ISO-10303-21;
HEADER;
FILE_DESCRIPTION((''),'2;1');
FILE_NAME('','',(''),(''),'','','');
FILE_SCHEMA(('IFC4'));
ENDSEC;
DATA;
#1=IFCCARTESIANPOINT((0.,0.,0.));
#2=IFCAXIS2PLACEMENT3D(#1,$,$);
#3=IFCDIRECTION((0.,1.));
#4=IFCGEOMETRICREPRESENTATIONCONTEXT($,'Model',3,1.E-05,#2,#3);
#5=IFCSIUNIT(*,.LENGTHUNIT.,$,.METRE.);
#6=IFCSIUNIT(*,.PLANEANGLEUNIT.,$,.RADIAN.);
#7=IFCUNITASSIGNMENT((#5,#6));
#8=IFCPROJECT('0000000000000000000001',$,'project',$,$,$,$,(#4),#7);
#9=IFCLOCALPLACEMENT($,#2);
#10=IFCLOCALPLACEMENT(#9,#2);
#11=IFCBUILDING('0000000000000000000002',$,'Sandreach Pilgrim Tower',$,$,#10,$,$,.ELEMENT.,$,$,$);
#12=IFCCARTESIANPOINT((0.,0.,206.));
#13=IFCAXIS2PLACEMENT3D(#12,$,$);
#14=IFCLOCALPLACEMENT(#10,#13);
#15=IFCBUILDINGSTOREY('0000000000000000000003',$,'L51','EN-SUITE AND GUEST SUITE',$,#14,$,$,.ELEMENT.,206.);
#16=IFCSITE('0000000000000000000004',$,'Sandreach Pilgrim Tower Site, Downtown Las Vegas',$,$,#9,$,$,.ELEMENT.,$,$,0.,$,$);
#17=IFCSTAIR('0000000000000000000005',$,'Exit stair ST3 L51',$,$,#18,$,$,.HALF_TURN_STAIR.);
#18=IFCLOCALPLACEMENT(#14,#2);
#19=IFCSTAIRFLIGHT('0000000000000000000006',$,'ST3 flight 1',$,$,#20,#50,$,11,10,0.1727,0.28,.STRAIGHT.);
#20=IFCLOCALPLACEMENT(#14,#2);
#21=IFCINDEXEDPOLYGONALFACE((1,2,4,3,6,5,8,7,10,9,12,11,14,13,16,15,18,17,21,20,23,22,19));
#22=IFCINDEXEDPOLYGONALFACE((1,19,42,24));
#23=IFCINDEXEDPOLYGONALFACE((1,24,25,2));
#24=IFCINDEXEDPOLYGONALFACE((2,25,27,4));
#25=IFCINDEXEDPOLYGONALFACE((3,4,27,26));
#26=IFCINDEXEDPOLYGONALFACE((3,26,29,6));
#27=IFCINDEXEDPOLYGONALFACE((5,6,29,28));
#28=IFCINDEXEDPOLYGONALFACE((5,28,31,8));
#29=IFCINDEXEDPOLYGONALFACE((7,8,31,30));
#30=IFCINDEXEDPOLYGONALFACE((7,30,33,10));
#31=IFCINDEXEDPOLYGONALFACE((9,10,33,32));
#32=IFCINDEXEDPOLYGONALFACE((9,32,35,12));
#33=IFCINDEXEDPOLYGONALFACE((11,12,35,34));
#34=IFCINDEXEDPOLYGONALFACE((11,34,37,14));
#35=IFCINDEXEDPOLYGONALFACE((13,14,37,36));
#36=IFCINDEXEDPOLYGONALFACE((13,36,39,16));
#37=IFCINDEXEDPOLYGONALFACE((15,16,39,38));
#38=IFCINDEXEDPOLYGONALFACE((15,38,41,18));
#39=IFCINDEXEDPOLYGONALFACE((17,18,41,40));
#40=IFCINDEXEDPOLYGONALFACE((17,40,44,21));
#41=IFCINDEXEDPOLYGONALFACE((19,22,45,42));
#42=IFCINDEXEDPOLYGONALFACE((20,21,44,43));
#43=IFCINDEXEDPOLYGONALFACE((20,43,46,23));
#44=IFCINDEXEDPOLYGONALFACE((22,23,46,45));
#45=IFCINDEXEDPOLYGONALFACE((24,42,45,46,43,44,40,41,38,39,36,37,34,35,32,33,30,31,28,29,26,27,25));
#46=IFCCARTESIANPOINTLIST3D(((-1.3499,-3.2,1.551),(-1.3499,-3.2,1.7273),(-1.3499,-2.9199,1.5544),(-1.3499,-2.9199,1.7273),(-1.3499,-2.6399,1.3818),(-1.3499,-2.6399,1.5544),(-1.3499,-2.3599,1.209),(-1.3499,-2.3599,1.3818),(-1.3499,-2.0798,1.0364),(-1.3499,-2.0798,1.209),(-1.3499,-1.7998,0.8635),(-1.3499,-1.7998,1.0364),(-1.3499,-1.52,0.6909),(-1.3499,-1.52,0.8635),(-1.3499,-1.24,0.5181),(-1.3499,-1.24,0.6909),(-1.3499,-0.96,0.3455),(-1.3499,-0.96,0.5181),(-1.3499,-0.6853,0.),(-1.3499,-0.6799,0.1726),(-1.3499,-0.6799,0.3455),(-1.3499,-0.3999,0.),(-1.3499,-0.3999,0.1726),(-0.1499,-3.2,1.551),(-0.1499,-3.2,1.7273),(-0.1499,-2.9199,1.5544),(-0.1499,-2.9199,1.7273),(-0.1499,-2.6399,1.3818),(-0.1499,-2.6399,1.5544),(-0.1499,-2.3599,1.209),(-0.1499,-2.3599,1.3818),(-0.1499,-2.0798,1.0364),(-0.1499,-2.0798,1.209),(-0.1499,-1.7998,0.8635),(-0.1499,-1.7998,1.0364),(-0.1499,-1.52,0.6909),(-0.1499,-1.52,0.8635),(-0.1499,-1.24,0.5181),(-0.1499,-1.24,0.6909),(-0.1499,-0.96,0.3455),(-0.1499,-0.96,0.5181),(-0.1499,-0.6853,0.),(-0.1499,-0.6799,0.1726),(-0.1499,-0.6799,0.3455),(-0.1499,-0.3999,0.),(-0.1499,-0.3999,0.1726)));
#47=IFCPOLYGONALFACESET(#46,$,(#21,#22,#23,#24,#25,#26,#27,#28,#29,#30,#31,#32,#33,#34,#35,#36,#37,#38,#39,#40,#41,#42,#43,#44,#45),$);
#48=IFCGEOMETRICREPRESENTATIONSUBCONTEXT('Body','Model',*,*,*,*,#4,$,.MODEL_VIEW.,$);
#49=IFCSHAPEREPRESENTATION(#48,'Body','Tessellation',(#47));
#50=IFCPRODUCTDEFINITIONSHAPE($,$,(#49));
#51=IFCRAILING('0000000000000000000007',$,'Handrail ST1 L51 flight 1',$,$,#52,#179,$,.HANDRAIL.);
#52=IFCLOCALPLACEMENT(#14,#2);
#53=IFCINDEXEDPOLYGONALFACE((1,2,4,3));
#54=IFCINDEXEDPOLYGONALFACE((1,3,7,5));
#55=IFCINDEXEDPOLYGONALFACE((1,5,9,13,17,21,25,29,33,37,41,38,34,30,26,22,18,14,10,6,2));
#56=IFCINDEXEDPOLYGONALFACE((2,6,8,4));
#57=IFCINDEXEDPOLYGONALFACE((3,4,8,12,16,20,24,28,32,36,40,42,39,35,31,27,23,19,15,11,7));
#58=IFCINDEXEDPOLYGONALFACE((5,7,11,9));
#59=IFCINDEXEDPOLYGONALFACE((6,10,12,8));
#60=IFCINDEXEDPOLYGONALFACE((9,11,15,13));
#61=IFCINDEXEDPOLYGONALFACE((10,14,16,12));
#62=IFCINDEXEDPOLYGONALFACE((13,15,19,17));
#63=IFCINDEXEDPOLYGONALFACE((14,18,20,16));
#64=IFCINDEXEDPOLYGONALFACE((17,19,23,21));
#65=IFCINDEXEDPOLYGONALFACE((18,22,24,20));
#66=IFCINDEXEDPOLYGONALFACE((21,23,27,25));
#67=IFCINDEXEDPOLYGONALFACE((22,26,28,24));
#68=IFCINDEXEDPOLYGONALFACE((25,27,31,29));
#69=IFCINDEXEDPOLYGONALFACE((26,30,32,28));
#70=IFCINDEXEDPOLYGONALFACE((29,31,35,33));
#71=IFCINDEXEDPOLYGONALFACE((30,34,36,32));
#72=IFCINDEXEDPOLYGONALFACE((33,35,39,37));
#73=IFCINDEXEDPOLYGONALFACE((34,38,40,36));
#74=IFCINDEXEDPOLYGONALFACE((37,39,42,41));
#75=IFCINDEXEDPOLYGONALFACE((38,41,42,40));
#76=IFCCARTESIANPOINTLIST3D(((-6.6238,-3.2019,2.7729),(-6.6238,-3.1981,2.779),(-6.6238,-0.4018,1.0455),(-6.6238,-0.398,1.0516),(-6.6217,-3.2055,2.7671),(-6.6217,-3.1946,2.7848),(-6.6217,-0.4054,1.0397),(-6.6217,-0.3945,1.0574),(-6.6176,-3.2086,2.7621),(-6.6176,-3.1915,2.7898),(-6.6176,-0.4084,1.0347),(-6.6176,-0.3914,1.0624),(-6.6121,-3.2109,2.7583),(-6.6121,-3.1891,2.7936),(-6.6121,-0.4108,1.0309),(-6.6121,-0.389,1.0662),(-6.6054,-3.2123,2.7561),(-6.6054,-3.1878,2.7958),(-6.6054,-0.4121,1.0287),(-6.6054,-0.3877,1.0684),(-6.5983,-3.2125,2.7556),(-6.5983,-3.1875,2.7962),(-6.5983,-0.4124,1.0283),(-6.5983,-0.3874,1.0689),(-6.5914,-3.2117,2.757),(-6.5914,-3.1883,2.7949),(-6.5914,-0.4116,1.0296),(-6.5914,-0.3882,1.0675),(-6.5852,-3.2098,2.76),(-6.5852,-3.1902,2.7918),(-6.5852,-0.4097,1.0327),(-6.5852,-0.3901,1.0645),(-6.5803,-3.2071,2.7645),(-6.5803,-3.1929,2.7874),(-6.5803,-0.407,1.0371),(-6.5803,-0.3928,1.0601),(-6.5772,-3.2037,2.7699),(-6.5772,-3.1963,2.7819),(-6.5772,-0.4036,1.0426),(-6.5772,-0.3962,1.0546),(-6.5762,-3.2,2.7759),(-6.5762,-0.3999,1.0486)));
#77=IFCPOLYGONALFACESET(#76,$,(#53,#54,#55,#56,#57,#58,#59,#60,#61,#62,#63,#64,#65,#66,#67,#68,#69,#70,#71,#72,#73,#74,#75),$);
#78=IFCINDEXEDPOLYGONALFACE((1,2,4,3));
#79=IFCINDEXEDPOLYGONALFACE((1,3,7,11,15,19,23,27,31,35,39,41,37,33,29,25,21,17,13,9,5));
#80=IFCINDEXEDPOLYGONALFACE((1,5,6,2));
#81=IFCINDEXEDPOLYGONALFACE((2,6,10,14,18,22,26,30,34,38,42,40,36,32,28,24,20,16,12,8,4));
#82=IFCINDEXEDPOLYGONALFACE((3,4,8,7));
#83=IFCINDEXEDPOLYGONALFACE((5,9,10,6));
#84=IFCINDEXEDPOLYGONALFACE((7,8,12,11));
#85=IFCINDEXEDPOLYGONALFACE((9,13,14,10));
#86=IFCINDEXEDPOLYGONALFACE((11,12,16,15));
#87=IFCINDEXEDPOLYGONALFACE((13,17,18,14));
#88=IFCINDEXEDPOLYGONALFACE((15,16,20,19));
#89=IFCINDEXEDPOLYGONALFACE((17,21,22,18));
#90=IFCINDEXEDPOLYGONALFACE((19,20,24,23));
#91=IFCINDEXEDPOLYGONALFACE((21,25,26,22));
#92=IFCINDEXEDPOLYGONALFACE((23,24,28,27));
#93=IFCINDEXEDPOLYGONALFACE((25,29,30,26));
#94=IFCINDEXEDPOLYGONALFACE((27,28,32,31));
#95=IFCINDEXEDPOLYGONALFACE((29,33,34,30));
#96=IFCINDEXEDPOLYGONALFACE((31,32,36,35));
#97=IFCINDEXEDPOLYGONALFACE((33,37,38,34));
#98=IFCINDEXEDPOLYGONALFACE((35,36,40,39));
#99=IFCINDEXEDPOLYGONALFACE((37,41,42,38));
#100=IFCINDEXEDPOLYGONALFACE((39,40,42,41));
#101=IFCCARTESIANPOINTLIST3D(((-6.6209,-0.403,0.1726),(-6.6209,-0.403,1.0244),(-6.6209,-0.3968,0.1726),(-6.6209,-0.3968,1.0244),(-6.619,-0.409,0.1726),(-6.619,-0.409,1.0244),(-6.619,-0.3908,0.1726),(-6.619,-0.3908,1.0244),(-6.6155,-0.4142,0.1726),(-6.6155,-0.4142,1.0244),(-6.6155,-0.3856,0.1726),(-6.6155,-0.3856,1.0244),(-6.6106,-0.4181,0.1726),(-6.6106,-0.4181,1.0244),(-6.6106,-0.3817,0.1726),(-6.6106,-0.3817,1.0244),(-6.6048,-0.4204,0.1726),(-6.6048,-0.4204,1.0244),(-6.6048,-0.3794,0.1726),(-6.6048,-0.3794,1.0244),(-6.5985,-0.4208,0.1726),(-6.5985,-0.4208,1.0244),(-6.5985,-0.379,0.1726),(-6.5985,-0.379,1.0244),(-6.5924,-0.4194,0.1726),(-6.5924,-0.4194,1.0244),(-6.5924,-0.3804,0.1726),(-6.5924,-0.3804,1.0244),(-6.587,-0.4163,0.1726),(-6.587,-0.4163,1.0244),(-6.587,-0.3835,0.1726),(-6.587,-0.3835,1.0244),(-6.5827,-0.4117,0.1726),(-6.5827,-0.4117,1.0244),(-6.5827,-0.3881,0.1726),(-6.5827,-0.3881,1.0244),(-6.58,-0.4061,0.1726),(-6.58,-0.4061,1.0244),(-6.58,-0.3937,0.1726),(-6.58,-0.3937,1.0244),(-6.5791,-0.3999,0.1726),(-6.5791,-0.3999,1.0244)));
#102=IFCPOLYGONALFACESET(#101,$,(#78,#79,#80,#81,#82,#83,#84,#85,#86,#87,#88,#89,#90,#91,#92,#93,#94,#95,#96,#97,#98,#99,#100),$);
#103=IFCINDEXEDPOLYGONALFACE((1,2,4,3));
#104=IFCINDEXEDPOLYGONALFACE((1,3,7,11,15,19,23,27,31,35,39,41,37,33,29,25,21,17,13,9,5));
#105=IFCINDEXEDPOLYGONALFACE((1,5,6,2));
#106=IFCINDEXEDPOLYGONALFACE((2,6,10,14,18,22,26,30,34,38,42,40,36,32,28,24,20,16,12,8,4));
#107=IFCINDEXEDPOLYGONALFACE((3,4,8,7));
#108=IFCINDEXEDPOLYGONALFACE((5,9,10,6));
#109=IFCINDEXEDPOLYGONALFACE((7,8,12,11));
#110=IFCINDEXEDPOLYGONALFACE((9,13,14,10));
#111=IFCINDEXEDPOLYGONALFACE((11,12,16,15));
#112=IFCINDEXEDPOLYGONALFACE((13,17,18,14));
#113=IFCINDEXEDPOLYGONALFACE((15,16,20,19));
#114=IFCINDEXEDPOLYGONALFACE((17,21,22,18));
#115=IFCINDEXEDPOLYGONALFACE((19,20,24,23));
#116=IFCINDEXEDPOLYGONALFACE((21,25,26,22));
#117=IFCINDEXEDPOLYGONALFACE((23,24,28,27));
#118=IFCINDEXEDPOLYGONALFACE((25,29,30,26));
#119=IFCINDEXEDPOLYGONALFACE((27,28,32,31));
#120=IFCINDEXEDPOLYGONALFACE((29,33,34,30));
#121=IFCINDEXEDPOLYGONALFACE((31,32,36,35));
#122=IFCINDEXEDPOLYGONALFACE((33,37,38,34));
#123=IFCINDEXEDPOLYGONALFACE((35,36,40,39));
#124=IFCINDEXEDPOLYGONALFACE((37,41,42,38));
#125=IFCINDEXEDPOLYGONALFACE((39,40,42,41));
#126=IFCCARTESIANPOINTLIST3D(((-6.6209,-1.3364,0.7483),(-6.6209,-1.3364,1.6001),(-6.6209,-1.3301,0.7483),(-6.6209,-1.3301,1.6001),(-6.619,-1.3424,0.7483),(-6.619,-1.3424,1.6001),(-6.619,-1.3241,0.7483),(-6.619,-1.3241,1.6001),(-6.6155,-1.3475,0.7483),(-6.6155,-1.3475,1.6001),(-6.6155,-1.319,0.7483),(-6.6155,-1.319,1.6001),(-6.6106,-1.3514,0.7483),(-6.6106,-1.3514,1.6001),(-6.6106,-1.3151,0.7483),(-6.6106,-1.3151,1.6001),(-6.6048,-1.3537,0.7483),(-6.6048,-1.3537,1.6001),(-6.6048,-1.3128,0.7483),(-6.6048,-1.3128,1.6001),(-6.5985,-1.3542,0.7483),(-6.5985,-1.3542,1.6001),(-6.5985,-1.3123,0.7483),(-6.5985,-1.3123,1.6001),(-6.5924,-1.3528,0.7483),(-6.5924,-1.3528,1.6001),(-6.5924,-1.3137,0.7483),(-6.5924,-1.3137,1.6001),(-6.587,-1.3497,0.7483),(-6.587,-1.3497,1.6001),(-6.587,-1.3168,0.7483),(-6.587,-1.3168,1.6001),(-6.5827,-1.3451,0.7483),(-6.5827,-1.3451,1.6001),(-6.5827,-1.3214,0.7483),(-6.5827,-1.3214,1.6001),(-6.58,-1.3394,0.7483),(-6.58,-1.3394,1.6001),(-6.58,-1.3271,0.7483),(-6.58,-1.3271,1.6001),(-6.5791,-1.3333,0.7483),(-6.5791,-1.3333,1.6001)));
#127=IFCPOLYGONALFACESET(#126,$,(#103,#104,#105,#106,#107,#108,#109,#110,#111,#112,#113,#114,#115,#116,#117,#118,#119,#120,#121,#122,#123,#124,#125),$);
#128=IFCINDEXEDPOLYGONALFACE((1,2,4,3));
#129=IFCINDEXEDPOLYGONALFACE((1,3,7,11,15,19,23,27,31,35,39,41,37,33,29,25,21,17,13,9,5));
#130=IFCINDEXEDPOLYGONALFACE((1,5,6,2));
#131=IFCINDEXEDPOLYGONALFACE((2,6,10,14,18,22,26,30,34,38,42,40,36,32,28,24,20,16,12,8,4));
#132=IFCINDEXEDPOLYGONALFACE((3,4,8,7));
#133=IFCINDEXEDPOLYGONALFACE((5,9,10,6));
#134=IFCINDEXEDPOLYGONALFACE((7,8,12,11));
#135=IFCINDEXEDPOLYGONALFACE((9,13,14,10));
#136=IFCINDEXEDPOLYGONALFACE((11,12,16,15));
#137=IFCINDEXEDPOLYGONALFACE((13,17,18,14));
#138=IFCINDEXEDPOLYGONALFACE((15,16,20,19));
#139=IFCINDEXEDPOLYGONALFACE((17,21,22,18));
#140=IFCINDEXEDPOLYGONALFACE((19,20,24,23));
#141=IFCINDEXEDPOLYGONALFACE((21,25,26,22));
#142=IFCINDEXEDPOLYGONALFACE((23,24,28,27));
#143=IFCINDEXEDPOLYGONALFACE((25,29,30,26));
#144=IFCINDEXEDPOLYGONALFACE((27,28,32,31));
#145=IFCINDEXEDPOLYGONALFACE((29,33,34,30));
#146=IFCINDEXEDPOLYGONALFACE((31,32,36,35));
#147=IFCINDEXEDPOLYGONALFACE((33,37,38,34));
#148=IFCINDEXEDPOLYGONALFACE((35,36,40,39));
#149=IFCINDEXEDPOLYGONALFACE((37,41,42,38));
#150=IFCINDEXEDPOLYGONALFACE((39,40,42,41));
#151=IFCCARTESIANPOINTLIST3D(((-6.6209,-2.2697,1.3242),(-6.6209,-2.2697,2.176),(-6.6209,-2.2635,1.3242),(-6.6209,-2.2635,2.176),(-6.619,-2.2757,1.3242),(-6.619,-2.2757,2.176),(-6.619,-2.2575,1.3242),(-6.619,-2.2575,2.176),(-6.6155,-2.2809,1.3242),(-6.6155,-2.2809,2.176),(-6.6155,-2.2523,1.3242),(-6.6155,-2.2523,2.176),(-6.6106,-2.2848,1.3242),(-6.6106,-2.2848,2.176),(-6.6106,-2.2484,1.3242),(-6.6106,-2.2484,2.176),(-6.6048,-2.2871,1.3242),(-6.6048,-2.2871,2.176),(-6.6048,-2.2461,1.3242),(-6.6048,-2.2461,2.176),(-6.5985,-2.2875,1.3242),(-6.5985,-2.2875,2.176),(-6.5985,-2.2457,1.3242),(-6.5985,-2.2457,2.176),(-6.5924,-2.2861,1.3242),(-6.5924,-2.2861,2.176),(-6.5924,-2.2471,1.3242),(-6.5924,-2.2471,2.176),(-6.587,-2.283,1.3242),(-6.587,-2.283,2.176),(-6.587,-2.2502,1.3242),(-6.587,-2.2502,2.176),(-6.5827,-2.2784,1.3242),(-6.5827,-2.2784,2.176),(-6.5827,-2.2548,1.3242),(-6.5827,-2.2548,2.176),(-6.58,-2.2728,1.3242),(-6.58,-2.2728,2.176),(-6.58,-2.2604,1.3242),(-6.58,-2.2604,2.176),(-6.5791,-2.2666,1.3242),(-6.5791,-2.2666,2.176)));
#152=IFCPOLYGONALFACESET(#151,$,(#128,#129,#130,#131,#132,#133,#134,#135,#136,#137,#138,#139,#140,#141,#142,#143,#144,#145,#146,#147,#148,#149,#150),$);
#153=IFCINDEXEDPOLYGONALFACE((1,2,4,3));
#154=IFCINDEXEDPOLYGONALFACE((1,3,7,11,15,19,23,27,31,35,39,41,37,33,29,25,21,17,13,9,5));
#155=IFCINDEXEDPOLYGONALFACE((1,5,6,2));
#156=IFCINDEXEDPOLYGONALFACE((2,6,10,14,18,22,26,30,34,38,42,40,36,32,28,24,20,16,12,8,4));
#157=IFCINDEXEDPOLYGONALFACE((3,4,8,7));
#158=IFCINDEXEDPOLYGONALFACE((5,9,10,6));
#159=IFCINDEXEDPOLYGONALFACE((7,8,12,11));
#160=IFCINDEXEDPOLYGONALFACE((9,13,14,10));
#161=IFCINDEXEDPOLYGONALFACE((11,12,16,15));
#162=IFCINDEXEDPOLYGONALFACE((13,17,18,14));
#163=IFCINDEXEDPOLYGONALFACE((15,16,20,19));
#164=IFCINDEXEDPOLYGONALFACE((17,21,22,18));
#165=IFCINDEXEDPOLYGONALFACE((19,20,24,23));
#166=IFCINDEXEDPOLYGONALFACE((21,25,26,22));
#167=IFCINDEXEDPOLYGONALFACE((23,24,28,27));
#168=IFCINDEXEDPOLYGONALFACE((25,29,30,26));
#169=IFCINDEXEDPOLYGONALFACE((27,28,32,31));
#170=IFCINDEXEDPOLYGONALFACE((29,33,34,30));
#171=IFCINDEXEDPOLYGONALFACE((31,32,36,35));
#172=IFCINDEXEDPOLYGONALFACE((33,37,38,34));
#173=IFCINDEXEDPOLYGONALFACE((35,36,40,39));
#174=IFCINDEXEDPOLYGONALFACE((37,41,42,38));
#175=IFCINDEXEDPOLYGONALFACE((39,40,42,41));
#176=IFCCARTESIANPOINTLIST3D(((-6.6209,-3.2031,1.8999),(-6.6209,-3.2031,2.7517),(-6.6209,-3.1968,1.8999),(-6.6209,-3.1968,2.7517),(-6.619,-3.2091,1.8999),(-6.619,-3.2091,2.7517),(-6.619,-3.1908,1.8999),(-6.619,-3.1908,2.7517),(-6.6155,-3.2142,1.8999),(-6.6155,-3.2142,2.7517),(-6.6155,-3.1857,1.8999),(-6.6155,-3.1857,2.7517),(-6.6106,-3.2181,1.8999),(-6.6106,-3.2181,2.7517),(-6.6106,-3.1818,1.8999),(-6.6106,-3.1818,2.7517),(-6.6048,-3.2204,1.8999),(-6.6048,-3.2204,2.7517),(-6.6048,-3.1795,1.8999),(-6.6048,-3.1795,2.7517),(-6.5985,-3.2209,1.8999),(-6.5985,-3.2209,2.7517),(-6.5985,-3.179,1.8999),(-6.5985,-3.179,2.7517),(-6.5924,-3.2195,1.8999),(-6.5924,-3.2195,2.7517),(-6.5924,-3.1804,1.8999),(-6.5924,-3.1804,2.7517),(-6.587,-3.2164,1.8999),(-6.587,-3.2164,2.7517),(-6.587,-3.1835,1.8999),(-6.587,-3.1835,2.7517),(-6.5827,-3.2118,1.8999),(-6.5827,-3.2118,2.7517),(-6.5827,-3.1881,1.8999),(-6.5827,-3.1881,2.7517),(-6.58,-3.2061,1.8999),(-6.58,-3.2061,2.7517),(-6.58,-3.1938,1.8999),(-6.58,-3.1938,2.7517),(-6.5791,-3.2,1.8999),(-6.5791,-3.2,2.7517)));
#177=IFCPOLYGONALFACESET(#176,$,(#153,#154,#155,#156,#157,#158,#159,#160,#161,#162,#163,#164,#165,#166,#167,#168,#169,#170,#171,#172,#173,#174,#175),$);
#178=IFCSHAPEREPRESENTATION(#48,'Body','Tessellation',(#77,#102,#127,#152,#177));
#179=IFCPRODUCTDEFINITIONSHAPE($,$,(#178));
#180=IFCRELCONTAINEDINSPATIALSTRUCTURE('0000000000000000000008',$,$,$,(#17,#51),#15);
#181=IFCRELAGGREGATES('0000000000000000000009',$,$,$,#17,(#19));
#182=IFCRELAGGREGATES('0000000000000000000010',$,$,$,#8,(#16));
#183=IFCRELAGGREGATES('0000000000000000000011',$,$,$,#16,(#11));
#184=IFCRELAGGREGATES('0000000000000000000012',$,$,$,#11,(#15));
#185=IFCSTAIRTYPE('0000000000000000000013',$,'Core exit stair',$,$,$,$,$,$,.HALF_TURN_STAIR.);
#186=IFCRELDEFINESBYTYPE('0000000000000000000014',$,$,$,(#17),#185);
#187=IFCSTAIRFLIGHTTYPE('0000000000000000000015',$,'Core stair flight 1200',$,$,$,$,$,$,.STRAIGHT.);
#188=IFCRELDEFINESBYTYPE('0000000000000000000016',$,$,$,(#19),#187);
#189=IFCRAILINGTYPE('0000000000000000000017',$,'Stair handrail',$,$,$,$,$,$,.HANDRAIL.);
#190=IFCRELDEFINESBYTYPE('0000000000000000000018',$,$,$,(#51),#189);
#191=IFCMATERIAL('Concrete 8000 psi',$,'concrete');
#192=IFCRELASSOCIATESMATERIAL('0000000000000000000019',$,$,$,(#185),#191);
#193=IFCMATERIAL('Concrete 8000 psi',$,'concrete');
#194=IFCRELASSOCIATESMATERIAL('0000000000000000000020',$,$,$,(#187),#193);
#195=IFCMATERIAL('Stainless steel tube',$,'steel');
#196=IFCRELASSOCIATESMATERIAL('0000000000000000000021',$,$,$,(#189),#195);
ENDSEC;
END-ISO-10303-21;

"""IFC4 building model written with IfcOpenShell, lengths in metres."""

from ifc_helpers import new_model, si_unit, direction, frame, origin, origin_2d, place, context, subcontext, project, spatial, polyline, circle, outline, extrude, material, type_object, element, aggregate, save


model = new_model("IFC4")

# Units and contexts
model_context = context("Model", 3, precision=1e-05, world=origin(), true_north=direction((0.0, 1.0)))
body_context = subcontext(model_context, "Body", "Model", "MODEL_VIEW")
ifc_project = project(units=[si_unit("LENGTHUNIT", "METRE"), si_unit("PLANEANGLEUNIT", "RADIAN")], contexts=[model_context])

# Site, building, storey
site_placement = place(None, origin())
site = spatial("IfcSite", under=ifc_project, at=site_placement, Name="Sandreach Pilgrim Tower Site, Downtown Las Vegas", CompositionType="ELEMENT", RefElevation=0.0)
building_placement = place(site_placement, origin())
building = spatial("IfcBuilding", under=site, at=building_placement, Name="Sandreach Pilgrim Tower", CompositionType="ELEMENT")
storey_placement = place(building_placement, frame((0.0, 0.0, 206.0)))
storey = spatial("IfcBuildingStorey", under=building, at=storey_placement, Name="L51", Description="EN-SUITE AND GUEST SUITE", CompositionType="ELEMENT", Elevation=206.0)

# Shared definitions
ifc_material_1 = material(Name="Concrete 8000 psi", Category="concrete")
stair_type = type_object("IfcStairType", Name="Core exit stair", PredefinedType="HALF_TURN_STAIR", material=ifc_material_1)
ifc_material_2 = material(Name="Concrete 8000 psi", Category="concrete")
stair_flight_type = type_object("IfcStairFlightType", Name="Core stair flight 1200", PredefinedType="STRAIGHT", material=ifc_material_2)

# Stair, stair flight
stair_1_placement = place(storey_placement, origin())
stair_1 = element("IfcStair", 1, at=stair_1_placement, inside=storey, type_object=stair_type, Name="Exit stair ST3 L51", PredefinedType="HALF_TURN_STAIR")
stair_flight_1_placement = place(storey_placement, frame((-0.75, -0.3999, 0.0), z_axis=(0.0, 0.0, 1.0), x_axis=(0.0, -1.0, 0.0)))
stair_flight_1 = element("IfcStairFlight", 2, at=stair_flight_1_placement, type_object=stair_flight_type, Name="ST3 flight 1", NumberOfRisers=11, NumberOfTreads=10, PredefinedType="STRAIGHT", RiserHeight=0.1727, TreadLength=0.28, context=body_context, shape_type="SweptSolid", body=[
    extrude(outline(polyline([(0.0, 0.0), (0.0, 0.1726), (0.28, 0.1726), (0.28, 0.3455), (0.5601, 0.3455), (0.5601, 0.5181), (0.8401, 0.5181), (0.8401, 0.6909), (1.1201, 0.6909), (1.1201, 0.8635), (1.3999, 0.8635), (1.3999, 1.0364), (1.6799, 1.0364), (1.6799, 1.209), (1.96, 1.209), (1.96, 1.3818), (2.24, 1.3818), (2.24, 1.5544), (2.52, 1.5544), (2.52, 1.7273), (2.8, 1.7273), (2.8, 1.8999), (2.8, 1.551), (0.2854, 0.0), (0.0, 0.0)])), frame((0.0, 0.6001, 0.0), z_axis=(0.0, -1.0, 0.0), x_axis=(1.0, 0.0, 0.0)), (0.0, 0.0, 1.0), 1.2),
])
aggregate(stair_1, [stair_flight_1])

# Railing
ifc_material_3 = material(Name="Stainless steel tube", Category="steel")
railing_type = type_object("IfcRailingType", Name="Stair handrail", PredefinedType="HANDRAIL", material=ifc_material_3)
for number, where, name in (
    (3, (-6.6001, -0.3999, 0.1726), "Handrail ST1 L51 flight 1"),
):
    element("IfcRailing", number, at=place(storey_placement, frame(where)), inside=storey, type_object=railing_type, Name=name, PredefinedType="HANDRAIL", context=body_context, shape_type="SweptSolid", body=[
        extrude(circle(Radius=0.0239, at=origin_2d()), frame((0.0, 0.0, 0.876), z_axis=(0.0, -0.85109, 0.52502), x_axis=(1.0, 0.0, 0.0)), (0.0, 0.0, 1.0), 3.29),
        extrude(circle(Radius=0.021, at=origin_2d()), origin(), (0.0, 0.0, 1.0), 0.8518),
        extrude(circle(Radius=0.021, at=origin_2d()), frame((0.0, -0.9333, 0.5757)), (0.0, 0.0, 1.0), 0.8518),
        extrude(circle(Radius=0.021, at=origin_2d()), frame((0.0, -1.8667, 1.1516)), (0.0, 0.0, 1.0), 0.8518),
        extrude(circle(Radius=0.021, at=origin_2d()), frame((0.0, -2.8, 1.7273)), (0.0, 0.0, 1.0), 0.8518),
    ])

save(model, "model.ifc")
